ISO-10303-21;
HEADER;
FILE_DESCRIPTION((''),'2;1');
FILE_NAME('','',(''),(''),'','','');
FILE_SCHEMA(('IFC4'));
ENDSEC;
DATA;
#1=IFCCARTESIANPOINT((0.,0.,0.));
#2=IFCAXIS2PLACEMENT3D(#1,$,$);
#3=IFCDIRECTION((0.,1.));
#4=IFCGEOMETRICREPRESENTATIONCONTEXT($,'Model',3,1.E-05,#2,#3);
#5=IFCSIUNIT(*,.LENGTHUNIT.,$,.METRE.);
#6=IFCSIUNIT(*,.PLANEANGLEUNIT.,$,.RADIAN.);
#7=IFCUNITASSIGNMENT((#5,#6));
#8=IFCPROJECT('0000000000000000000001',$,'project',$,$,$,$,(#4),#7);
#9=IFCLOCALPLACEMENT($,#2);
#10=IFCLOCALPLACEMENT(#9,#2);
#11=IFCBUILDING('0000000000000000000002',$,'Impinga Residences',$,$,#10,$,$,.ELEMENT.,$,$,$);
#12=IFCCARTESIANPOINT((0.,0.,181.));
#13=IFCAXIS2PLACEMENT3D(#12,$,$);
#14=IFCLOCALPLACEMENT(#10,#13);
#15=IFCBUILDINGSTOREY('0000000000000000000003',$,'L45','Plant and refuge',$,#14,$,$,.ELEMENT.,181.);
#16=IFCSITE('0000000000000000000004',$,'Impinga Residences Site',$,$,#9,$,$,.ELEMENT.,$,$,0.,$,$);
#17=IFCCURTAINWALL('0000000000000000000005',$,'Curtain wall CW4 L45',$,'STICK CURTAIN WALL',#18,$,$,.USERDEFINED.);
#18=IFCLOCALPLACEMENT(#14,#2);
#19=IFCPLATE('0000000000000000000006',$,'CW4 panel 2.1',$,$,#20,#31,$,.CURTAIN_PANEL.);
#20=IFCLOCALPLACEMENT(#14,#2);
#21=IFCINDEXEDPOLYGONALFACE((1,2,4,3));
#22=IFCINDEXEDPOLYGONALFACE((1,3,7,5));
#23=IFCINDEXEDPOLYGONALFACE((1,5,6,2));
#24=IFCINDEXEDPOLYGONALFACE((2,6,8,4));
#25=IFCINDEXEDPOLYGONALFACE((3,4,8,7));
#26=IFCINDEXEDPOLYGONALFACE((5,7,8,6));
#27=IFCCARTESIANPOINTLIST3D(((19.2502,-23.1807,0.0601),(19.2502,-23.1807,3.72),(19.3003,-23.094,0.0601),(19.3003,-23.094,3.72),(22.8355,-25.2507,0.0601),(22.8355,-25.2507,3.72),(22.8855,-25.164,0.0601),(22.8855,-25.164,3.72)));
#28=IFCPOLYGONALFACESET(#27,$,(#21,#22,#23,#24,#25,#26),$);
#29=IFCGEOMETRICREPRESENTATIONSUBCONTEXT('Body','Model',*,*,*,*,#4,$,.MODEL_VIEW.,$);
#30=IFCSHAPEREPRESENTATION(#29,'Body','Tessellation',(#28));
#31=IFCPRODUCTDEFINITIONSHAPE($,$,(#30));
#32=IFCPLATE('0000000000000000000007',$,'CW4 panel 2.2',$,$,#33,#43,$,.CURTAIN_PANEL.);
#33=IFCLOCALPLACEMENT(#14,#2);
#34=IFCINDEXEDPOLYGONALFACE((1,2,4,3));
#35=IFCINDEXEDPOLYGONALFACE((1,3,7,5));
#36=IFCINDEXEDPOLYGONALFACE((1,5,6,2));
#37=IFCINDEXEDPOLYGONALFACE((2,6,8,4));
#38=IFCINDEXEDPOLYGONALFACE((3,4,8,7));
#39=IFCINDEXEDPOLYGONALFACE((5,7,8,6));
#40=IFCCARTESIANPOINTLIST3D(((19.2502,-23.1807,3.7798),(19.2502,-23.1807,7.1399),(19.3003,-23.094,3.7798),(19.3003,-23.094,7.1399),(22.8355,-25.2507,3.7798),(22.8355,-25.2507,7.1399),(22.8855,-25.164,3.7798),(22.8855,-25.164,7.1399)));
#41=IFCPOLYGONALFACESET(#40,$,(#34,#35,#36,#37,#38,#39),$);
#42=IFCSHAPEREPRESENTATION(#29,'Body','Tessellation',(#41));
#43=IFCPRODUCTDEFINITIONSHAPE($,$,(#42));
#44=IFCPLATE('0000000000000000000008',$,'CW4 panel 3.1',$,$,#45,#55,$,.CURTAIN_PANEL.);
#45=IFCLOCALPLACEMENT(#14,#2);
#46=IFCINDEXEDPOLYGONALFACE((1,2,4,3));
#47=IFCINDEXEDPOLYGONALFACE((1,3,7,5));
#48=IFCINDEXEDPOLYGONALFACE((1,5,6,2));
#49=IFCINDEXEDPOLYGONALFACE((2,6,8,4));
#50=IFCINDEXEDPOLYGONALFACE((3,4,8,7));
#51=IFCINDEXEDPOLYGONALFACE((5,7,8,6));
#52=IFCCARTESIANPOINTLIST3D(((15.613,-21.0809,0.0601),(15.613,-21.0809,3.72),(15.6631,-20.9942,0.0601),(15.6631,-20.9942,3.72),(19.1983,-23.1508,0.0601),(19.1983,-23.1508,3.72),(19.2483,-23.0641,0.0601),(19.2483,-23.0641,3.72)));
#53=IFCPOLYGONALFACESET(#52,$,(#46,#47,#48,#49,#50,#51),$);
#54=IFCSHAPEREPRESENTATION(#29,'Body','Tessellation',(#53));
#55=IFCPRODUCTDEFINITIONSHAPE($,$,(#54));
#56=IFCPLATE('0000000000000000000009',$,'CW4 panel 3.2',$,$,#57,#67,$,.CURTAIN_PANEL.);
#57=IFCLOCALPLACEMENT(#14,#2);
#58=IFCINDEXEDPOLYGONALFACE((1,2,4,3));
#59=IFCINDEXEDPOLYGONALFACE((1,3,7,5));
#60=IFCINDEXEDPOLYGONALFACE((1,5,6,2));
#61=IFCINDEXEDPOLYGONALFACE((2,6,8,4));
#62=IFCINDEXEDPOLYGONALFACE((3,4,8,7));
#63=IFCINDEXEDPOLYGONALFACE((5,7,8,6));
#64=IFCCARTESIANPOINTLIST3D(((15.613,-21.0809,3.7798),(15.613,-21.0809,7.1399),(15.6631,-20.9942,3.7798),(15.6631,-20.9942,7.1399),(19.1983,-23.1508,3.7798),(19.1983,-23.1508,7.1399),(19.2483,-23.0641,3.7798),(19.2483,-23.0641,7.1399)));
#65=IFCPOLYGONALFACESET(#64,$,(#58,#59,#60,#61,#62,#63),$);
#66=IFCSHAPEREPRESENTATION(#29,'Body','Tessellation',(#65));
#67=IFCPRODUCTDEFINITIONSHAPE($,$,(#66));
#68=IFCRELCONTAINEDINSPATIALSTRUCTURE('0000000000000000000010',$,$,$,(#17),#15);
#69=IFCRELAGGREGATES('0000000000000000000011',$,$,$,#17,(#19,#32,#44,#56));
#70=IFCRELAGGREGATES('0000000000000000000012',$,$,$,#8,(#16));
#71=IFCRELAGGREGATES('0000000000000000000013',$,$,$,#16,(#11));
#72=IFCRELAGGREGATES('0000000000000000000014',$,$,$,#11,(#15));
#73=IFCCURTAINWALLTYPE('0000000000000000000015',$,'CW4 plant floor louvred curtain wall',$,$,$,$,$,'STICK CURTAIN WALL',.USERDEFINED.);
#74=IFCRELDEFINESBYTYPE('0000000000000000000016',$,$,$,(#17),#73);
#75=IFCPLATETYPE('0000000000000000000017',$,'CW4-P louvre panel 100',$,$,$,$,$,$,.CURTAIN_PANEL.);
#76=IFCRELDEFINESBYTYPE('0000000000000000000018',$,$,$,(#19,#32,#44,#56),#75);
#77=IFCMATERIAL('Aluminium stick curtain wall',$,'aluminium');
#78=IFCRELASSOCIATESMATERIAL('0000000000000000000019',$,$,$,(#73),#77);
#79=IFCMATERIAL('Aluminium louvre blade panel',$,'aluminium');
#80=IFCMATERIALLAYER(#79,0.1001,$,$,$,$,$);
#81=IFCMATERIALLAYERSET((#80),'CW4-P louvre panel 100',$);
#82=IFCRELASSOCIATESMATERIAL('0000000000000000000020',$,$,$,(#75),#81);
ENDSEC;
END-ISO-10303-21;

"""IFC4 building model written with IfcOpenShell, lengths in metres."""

from ifc_helpers import new_model, si_unit, direction, frame, origin, origin_2d, place, context, subcontext, project, spatial, rectangle, extrude, material, layer, layer_set, type_object, element, aggregate, save


model = new_model("IFC4")

# Units and contexts
model_context = context("Model", 3, precision=1e-05, world=origin(), true_north=direction((0.0, 1.0)))
body_context = subcontext(model_context, "Body", "Model", "MODEL_VIEW")
ifc_project = project(units=[si_unit("LENGTHUNIT", "METRE"), si_unit("PLANEANGLEUNIT", "RADIAN")], contexts=[model_context])

# Site, building, storey
site_placement = place(None, origin())
site = spatial("IfcSite", under=ifc_project, at=site_placement, Name="Impinga Residences Site", CompositionType="ELEMENT", RefElevation=0.0)
building_placement = place(site_placement, origin())
building = spatial("IfcBuilding", under=site, at=building_placement, Name="Impinga Residences", CompositionType="ELEMENT")
storey_placement = place(building_placement, frame((0.0, 0.0, 181.0)))
storey = spatial("IfcBuildingStorey", under=building, at=storey_placement, Name="L45", Description="Plant and refuge", CompositionType="ELEMENT", Elevation=181.0)

# Curtain wall, plates
ifc_material_1 = material(Name="Aluminium stick curtain wall", Category="aluminium")
curtain_wall_type = type_object("IfcCurtainWallType", Name="CW4 plant floor louvred curtain wall", ElementType="STICK CURTAIN WALL", PredefinedType="USERDEFINED", material=ifc_material_1)
curtain_wall_placement = place(storey_placement, origin())
curtain_wall = element("IfcCurtainWall", 1, at=curtain_wall_placement, inside=storey, type_object=curtain_wall_type, Name="Curtain wall CW4 L45", ObjectType="STICK CURTAIN WALL", PredefinedType="USERDEFINED")
ifc_material_2 = material(Name="Aluminium louvre blade panel", Category="aluminium")
ifc_layer = layer(ifc_material_2, 0.1001)
ifc_layer_set = layer_set([ifc_layer], Name="CW4-P louvre panel 100")
plate_type = type_object("IfcPlateType", Name="CW4-P louvre panel 100", PredefinedType="CURTAIN_PANEL", material=ifc_layer_set)
plate_1_placement = place(storey_placement, frame((21.0679, -24.1724, 0.0601), z_axis=(0.0, 0.0, 1.0), x_axis=(-0.866025, 0.5, 0.0)))
plate_1 = element("IfcPlate", 2, at=plate_1_placement, type_object=plate_type, Name="CW4 panel 2.1", PredefinedType="CURTAIN_PANEL", context=body_context, shape_type="SweptSolid", body=[
    extrude(rectangle(XDim=4.1399, YDim=0.1001, at=origin_2d()), origin(), (0.0, 0.0, 1.0), 3.6599),
])
plate_2_placement = place(storey_placement, frame((21.0679, -24.1724, 3.7798), z_axis=(0.0, 0.0, 1.0), x_axis=(-0.866025, 0.5, 0.0)))
plate_2 = element("IfcPlate", 3, at=plate_2_placement, type_object=plate_type, Name="CW4 panel 2.2", PredefinedType="CURTAIN_PANEL", context=body_context, shape_type="SweptSolid", body=[
    extrude(rectangle(XDim=4.1399, YDim=0.1001, at=origin_2d()), origin(), (0.0, 0.0, 1.0), 3.3601),
])
plate_3_placement = place(storey_placement, frame((17.4307, -22.0725, 0.0601), z_axis=(0.0, 0.0, 1.0), x_axis=(-0.866025, 0.5, 0.0)))
plate_3 = element("IfcPlate", 4, at=plate_3_placement, type_object=plate_type, Name="CW4 panel 3.1", PredefinedType="CURTAIN_PANEL", context=body_context, shape_type="SweptSolid", body=[
    extrude(rectangle(XDim=4.1399, YDim=0.1001, at=origin_2d()), origin(), (0.0, 0.0, 1.0), 3.6599),
])
plate_4_placement = place(storey_placement, frame((17.4307, -22.0725, 3.7798), z_axis=(0.0, 0.0, 1.0), x_axis=(-0.866025, 0.5, 0.0)))
plate_4 = element("IfcPlate", 5, at=plate_4_placement, type_object=plate_type, Name="CW4 panel 3.2", PredefinedType="CURTAIN_PANEL", context=body_context, shape_type="SweptSolid", body=[
    extrude(rectangle(XDim=4.1399, YDim=0.1001, at=origin_2d()), origin(), (0.0, 0.0, 1.0), 3.3601),
])
aggregate(curtain_wall, [plate_1, plate_2, plate_3, plate_4])

save(model, "model.ifc")
